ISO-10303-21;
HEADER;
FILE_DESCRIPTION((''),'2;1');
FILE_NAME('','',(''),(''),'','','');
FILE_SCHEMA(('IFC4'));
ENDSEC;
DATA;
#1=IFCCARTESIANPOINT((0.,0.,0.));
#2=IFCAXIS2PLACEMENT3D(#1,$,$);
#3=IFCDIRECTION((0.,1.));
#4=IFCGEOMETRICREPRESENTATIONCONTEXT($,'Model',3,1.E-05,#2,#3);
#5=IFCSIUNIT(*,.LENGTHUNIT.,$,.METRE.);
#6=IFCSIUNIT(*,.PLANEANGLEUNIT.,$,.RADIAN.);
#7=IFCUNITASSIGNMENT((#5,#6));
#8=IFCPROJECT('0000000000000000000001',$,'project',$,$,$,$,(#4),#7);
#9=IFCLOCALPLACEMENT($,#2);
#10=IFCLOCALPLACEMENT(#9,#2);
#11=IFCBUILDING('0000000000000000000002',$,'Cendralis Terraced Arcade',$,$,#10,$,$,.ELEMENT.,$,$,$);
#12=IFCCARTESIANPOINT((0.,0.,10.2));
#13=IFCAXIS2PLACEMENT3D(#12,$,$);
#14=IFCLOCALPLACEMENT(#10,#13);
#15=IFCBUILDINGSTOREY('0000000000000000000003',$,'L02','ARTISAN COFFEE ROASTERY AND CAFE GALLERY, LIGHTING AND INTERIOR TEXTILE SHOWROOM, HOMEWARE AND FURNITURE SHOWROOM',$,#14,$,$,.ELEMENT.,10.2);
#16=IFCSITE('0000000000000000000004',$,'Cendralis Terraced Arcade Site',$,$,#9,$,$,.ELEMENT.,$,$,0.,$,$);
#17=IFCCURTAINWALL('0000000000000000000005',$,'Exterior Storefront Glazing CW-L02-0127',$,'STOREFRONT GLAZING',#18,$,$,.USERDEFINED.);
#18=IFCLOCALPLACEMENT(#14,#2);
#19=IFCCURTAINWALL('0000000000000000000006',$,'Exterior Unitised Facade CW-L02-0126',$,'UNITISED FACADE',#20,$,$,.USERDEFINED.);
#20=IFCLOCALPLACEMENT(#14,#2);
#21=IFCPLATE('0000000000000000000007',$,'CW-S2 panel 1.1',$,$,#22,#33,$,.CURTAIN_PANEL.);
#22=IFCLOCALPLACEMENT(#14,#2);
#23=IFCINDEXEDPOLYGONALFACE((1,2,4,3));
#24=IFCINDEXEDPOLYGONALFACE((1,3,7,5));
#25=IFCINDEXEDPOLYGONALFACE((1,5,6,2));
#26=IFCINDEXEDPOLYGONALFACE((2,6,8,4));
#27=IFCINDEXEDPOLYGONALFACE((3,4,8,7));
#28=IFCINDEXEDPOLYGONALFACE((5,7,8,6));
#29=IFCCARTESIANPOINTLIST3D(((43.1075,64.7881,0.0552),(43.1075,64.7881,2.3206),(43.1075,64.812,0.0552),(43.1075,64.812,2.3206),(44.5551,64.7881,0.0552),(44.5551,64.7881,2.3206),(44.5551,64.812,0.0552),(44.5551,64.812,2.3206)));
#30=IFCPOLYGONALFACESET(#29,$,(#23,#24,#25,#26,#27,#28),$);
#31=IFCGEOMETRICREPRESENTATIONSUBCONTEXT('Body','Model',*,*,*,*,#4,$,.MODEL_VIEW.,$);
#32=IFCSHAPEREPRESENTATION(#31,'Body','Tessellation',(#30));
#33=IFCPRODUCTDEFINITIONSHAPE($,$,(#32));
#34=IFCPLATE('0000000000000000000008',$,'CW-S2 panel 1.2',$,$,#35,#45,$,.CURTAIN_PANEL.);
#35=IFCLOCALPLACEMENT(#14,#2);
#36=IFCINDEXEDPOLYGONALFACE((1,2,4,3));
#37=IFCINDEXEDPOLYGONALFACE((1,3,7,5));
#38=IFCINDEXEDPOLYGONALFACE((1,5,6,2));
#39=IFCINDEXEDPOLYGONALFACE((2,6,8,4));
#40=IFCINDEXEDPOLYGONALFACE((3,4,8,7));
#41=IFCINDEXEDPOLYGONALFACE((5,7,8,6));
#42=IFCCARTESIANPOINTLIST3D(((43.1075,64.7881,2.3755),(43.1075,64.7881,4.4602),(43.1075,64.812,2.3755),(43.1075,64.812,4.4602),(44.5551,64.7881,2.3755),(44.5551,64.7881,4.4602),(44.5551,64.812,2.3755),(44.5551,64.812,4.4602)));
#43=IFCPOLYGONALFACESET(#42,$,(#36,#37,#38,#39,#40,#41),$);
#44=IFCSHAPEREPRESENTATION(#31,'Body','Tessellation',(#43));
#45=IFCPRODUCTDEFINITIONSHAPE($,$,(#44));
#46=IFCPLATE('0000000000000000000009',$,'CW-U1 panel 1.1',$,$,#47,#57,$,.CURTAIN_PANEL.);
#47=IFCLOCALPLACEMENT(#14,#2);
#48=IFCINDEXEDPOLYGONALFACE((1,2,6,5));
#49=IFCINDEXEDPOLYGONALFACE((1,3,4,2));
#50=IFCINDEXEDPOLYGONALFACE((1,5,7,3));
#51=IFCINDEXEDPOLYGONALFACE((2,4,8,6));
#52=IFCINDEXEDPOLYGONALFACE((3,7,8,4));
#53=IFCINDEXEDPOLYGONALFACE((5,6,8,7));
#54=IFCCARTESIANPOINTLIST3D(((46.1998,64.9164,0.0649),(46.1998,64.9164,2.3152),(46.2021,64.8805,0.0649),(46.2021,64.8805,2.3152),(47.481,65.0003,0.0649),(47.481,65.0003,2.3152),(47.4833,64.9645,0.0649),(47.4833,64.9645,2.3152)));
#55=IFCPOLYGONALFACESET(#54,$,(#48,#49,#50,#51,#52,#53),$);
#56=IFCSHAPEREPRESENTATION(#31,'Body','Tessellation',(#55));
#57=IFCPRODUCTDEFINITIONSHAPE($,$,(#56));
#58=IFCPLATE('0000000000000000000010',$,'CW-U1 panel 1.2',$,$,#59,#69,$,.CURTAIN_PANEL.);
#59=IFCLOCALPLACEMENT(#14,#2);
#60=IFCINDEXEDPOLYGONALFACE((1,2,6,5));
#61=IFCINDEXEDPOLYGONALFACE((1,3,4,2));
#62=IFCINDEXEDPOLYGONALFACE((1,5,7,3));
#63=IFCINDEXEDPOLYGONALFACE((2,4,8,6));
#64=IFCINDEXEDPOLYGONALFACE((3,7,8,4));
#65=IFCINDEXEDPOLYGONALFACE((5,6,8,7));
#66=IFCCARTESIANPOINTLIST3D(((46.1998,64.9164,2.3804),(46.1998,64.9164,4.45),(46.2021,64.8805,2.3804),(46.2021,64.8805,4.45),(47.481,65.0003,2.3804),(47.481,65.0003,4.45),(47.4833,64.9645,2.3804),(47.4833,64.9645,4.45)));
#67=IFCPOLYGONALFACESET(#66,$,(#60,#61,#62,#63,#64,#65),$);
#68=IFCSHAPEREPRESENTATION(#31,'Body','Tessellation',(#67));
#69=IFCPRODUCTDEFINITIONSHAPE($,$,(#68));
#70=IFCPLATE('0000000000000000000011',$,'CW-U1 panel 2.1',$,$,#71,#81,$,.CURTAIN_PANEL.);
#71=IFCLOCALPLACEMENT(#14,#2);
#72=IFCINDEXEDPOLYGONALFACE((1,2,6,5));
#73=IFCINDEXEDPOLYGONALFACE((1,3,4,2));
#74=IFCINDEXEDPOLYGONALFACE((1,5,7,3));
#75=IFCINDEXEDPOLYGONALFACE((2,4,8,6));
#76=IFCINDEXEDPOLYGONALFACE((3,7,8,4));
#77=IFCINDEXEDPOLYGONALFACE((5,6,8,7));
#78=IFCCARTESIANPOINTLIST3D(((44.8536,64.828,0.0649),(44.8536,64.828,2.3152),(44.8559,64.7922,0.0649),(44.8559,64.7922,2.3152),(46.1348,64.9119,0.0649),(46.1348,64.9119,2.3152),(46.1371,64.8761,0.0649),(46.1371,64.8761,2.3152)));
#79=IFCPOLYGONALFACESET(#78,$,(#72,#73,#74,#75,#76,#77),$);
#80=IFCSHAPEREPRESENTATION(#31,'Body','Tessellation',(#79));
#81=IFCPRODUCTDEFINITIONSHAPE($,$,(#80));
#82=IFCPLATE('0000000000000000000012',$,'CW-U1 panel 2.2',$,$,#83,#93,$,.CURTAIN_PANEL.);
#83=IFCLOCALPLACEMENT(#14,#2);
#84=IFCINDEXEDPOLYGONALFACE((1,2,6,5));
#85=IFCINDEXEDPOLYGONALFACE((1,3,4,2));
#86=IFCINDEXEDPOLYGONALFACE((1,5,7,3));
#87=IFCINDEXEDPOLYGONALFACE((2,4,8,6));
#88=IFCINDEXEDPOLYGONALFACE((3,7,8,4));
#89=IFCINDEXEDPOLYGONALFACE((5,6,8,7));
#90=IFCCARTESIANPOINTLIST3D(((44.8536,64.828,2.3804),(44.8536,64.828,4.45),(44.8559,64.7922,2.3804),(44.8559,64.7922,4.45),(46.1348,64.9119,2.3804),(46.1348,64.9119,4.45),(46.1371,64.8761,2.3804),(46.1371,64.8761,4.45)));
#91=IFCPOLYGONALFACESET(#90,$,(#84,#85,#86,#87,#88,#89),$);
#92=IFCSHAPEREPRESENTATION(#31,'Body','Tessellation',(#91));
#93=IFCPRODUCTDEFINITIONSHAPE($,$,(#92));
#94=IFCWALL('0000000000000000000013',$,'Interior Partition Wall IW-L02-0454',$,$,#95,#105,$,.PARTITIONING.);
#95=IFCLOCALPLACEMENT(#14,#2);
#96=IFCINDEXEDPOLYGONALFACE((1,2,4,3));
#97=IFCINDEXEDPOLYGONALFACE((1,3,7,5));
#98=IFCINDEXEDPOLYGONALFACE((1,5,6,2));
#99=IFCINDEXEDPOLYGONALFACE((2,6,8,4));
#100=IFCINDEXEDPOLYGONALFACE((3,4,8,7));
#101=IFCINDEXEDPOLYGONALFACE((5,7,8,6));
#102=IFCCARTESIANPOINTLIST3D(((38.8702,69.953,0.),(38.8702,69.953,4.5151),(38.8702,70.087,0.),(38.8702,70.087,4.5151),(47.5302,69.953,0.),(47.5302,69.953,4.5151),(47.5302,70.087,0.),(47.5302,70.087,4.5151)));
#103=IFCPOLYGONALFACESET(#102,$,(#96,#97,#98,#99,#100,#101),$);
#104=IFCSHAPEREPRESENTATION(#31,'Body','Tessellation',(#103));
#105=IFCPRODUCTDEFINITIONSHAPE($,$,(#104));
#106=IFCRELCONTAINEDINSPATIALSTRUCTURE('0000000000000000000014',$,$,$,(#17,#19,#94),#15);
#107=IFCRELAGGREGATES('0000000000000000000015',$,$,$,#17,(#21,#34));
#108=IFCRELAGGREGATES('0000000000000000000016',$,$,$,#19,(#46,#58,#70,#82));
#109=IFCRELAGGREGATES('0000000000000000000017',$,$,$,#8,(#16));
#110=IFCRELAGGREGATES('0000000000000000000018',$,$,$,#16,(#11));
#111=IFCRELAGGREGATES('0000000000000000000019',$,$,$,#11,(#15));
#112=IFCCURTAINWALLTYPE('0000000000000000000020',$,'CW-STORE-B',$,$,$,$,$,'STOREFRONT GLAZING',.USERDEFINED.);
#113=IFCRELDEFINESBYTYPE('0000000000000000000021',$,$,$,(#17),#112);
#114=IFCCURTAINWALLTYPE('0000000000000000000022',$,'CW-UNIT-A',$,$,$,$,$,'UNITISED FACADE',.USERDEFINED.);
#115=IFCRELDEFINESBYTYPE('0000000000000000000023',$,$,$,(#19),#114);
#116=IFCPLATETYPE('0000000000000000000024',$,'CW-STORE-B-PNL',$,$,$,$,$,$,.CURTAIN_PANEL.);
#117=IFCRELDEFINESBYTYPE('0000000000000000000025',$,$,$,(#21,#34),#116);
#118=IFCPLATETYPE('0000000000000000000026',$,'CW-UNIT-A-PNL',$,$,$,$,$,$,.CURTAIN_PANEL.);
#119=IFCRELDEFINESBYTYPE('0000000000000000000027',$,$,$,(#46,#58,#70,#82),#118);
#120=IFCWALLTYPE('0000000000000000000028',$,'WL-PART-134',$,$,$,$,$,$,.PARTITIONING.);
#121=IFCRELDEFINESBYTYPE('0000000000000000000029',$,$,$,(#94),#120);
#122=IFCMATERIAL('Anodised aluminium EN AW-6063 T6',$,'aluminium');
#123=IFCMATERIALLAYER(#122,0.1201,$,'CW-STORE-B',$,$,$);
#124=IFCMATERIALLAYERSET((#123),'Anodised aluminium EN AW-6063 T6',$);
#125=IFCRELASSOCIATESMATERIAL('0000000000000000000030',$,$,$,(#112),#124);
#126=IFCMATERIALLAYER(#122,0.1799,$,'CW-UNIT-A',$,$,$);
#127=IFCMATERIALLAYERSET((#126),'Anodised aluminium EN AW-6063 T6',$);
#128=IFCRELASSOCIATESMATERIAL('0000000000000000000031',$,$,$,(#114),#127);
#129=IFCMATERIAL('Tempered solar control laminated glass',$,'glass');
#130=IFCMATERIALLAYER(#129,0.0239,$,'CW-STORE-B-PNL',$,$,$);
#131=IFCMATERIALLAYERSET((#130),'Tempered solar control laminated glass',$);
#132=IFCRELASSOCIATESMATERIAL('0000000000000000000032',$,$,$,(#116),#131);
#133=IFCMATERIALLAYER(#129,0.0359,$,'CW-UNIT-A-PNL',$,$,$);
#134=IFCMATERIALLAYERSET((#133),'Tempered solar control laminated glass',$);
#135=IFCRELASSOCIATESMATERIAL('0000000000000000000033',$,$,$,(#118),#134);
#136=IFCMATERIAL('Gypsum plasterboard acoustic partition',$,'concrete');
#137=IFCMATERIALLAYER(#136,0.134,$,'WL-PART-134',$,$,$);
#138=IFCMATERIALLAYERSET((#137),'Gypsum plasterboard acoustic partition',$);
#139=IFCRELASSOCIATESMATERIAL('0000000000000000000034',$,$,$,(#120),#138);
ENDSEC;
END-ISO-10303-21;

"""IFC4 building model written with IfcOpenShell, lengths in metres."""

from ifc_helpers import new_model, si_unit, direction, frame, frame_2d, origin, origin_2d, place, context, subcontext, project, spatial, rectangle, extrude, material, layer, layer_set, type_object, element, aggregate, save


model = new_model("IFC4")

# Units and contexts
model_context = context("Model", 3, precision=1e-05, world=origin(), true_north=direction((0.0, 1.0)))
body_context = subcontext(model_context, "Body", "Model", "MODEL_VIEW")
ifc_project = project(units=[si_unit("LENGTHUNIT", "METRE"), si_unit("PLANEANGLEUNIT", "RADIAN")], contexts=[model_context])

# Site, building, storey
site_placement = place(None, origin())
site = spatial("IfcSite", under=ifc_project, at=site_placement, Name="Cendralis Terraced Arcade Site", CompositionType="ELEMENT", RefElevation=0.0)
building_placement = place(site_placement, origin())
building = spatial("IfcBuilding", under=site, at=building_placement, Name="Cendralis Terraced Arcade", CompositionType="ELEMENT")
storey_placement = place(building_placement, frame((0.0, 0.0, 10.2)))
storey = spatial("IfcBuildingStorey", under=building, at=storey_placement, Name="L02", Description="ARTISAN COFFEE ROASTERY AND CAFE GALLERY, LIGHTING AND INTERIOR TEXTILE SHOWROOM, HOMEWARE AND FURNITURE SHOWROOM", CompositionType="ELEMENT", Elevation=10.2)

# Curtain walls
ifc_material_1 = material(Name="Anodised aluminium EN AW-6063 T6", Category="aluminium")
ifc_layer_1 = layer(ifc_material_1, 0.1201, Name="CW-STORE-B")
ifc_layer_set_1 = layer_set([ifc_layer_1], Name="Anodised aluminium EN AW-6063 T6")
curtain_wall_type_1 = type_object("IfcCurtainWallType", Name="CW-STORE-B", ElementType="STOREFRONT GLAZING", PredefinedType="USERDEFINED", material=ifc_layer_set_1)
curtain_wall_1_placement = place(storey_placement, origin())
curtain_wall_1 = element("IfcCurtainWall", 1, at=curtain_wall_1_placement, inside=storey, type_object=curtain_wall_type_1, Name="Exterior Storefront Glazing CW-L02-0127", ObjectType="STOREFRONT GLAZING", PredefinedType="USERDEFINED")
ifc_layer_2 = layer(ifc_material_1, 0.1799, Name="CW-UNIT-A")
ifc_layer_set_2 = layer_set([ifc_layer_2], Name="Anodised aluminium EN AW-6063 T6")
curtain_wall_type_2 = type_object("IfcCurtainWallType", Name="CW-UNIT-A", ElementType="UNITISED FACADE", PredefinedType="USERDEFINED", material=ifc_layer_set_2)
curtain_wall_2_placement = place(storey_placement, origin())
curtain_wall_2 = element("IfcCurtainWall", 2, at=curtain_wall_2_placement, inside=storey, type_object=curtain_wall_type_2, Name="Exterior Unitised Facade CW-L02-0126", ObjectType="UNITISED FACADE", PredefinedType="USERDEFINED")

# Plates
ifc_material_2 = material(Name="Tempered solar control laminated glass", Category="glass")
ifc_layer_3 = layer(ifc_material_2, 0.0239, Name="CW-STORE-B-PNL")
ifc_layer_set_3 = layer_set([ifc_layer_3], Name="Tempered solar control laminated glass")
plate_type_1 = type_object("IfcPlateType", Name="CW-STORE-B-PNL", PredefinedType="CURTAIN_PANEL", material=ifc_layer_set_3)
plate_1_placement = place(storey_placement, frame((43.8313, 64.8, 0.0552), z_axis=(0.0, 0.0, 1.0), x_axis=(-1.0, 0.0, 0.0)))
plate_1 = element("IfcPlate", 3, at=plate_1_placement, type_object=plate_type_1, Name="CW-S2 panel 1.1", PredefinedType="CURTAIN_PANEL", context=body_context, shape_type="SweptSolid", body=[
    extrude(rectangle(XDim=1.4475, YDim=0.0239, at=origin_2d()), origin(), (0.0, 0.0, 1.0), 2.2654),
])
plate_2_placement = place(storey_placement, frame((43.8313, 64.8, 2.3755), z_axis=(0.0, 0.0, 1.0), x_axis=(-1.0, 0.0, 0.0)))
plate_2 = element("IfcPlate", 4, at=plate_2_placement, type_object=plate_type_1, Name="CW-S2 panel 1.2", PredefinedType="CURTAIN_PANEL", context=body_context, shape_type="SweptSolid", body=[
    extrude(rectangle(XDim=1.4475, YDim=0.0239, at=origin_2d()), origin(), (0.0, 0.0, 1.0), 2.0847),
])
aggregate(curtain_wall_1, [plate_1, plate_2])
ifc_layer_4 = layer(ifc_material_2, 0.0359, Name="CW-UNIT-A-PNL")
ifc_layer_set_4 = layer_set([ifc_layer_4], Name="Tempered solar control laminated glass")
plate_type_2 = type_object("IfcPlateType", Name="CW-UNIT-A-PNL", PredefinedType="CURTAIN_PANEL", material=ifc_layer_set_4)
plate_3_placement = place(storey_placement, frame((46.8416, 64.9404, 0.0649), z_axis=(0.0, 0.0, 1.0), x_axis=(-0.997859, -0.065397, 0.0)))
plate_3 = element("IfcPlate", 5, at=plate_3_placement, type_object=plate_type_2, Name="CW-U1 panel 1.1", PredefinedType="CURTAIN_PANEL", context=body_context, shape_type="SweptSolid", body=[
    extrude(rectangle(XDim=1.2839, YDim=0.0359, at=origin_2d()), origin(), (0.0, 0.0, 1.0), 2.2502),
])
plate_4_placement = place(storey_placement, frame((46.8416, 64.9404, 2.3804), z_axis=(0.0, 0.0, 1.0), x_axis=(-0.997859, -0.065397, 0.0)))
plate_4 = element("IfcPlate", 6, at=plate_4_placement, type_object=plate_type_2, Name="CW-U1 panel 1.2", PredefinedType="CURTAIN_PANEL", context=body_context, shape_type="SweptSolid", body=[
    extrude(rectangle(XDim=1.2839, YDim=0.0359, at=origin_2d()), origin(), (0.0, 0.0, 1.0), 2.0696),
])
plate_5_placement = place(storey_placement, frame((45.4954, 64.8521, 0.0649), z_axis=(0.0, 0.0, 1.0), x_axis=(-0.997859, -0.065397, 0.0)))
plate_5 = element("IfcPlate", 7, at=plate_5_placement, type_object=plate_type_2, Name="CW-U1 panel 2.1", PredefinedType="CURTAIN_PANEL", context=body_context, shape_type="SweptSolid", body=[
    extrude(rectangle(XDim=1.2839, YDim=0.0359, at=origin_2d()), origin(), (0.0, 0.0, 1.0), 2.2502),
])
plate_6_placement = place(storey_placement, frame((45.4954, 64.8521, 2.3804), z_axis=(0.0, 0.0, 1.0), x_axis=(-0.997859, -0.065397, 0.0)))
plate_6 = element("IfcPlate", 8, at=plate_6_placement, type_object=plate_type_2, Name="CW-U1 panel 2.2", PredefinedType="CURTAIN_PANEL", context=body_context, shape_type="SweptSolid", body=[
    extrude(rectangle(XDim=1.2839, YDim=0.0359, at=origin_2d()), origin(), (0.0, 0.0, 1.0), 2.0696),
])
aggregate(curtain_wall_2, [plate_3, plate_4, plate_5, plate_6])

# Wall
ifc_material_3 = material(Name="Gypsum plasterboard acoustic partition", Category="concrete")
ifc_layer_5 = layer(ifc_material_3, 0.134, Name="WL-PART-134")
ifc_layer_set_5 = layer_set([ifc_layer_5], Name="Gypsum plasterboard acoustic partition")
wall_type = type_object("IfcWallType", Name="WL-PART-134", PredefinedType="PARTITIONING", material=ifc_layer_set_5)
wall_placement = place(storey_placement, frame((38.8701, 70.02, 0.0), z_axis=(0.0, 0.0, 1.0), x_axis=(1.0, 0.0, 0.0)))
element("IfcWall", 9, at=wall_placement, inside=storey, type_object=wall_type, Name="Interior Partition Wall IW-L02-0454", PredefinedType="PARTITIONING", context=body_context, shape_type="SweptSolid", body=[
    extrude(rectangle(XDim=8.6599, YDim=0.134, at=frame_2d((4.3301, 0.0))), origin(), (0.0, 0.0, 1.0), 4.5151),
])

save(model, "model.ifc")
